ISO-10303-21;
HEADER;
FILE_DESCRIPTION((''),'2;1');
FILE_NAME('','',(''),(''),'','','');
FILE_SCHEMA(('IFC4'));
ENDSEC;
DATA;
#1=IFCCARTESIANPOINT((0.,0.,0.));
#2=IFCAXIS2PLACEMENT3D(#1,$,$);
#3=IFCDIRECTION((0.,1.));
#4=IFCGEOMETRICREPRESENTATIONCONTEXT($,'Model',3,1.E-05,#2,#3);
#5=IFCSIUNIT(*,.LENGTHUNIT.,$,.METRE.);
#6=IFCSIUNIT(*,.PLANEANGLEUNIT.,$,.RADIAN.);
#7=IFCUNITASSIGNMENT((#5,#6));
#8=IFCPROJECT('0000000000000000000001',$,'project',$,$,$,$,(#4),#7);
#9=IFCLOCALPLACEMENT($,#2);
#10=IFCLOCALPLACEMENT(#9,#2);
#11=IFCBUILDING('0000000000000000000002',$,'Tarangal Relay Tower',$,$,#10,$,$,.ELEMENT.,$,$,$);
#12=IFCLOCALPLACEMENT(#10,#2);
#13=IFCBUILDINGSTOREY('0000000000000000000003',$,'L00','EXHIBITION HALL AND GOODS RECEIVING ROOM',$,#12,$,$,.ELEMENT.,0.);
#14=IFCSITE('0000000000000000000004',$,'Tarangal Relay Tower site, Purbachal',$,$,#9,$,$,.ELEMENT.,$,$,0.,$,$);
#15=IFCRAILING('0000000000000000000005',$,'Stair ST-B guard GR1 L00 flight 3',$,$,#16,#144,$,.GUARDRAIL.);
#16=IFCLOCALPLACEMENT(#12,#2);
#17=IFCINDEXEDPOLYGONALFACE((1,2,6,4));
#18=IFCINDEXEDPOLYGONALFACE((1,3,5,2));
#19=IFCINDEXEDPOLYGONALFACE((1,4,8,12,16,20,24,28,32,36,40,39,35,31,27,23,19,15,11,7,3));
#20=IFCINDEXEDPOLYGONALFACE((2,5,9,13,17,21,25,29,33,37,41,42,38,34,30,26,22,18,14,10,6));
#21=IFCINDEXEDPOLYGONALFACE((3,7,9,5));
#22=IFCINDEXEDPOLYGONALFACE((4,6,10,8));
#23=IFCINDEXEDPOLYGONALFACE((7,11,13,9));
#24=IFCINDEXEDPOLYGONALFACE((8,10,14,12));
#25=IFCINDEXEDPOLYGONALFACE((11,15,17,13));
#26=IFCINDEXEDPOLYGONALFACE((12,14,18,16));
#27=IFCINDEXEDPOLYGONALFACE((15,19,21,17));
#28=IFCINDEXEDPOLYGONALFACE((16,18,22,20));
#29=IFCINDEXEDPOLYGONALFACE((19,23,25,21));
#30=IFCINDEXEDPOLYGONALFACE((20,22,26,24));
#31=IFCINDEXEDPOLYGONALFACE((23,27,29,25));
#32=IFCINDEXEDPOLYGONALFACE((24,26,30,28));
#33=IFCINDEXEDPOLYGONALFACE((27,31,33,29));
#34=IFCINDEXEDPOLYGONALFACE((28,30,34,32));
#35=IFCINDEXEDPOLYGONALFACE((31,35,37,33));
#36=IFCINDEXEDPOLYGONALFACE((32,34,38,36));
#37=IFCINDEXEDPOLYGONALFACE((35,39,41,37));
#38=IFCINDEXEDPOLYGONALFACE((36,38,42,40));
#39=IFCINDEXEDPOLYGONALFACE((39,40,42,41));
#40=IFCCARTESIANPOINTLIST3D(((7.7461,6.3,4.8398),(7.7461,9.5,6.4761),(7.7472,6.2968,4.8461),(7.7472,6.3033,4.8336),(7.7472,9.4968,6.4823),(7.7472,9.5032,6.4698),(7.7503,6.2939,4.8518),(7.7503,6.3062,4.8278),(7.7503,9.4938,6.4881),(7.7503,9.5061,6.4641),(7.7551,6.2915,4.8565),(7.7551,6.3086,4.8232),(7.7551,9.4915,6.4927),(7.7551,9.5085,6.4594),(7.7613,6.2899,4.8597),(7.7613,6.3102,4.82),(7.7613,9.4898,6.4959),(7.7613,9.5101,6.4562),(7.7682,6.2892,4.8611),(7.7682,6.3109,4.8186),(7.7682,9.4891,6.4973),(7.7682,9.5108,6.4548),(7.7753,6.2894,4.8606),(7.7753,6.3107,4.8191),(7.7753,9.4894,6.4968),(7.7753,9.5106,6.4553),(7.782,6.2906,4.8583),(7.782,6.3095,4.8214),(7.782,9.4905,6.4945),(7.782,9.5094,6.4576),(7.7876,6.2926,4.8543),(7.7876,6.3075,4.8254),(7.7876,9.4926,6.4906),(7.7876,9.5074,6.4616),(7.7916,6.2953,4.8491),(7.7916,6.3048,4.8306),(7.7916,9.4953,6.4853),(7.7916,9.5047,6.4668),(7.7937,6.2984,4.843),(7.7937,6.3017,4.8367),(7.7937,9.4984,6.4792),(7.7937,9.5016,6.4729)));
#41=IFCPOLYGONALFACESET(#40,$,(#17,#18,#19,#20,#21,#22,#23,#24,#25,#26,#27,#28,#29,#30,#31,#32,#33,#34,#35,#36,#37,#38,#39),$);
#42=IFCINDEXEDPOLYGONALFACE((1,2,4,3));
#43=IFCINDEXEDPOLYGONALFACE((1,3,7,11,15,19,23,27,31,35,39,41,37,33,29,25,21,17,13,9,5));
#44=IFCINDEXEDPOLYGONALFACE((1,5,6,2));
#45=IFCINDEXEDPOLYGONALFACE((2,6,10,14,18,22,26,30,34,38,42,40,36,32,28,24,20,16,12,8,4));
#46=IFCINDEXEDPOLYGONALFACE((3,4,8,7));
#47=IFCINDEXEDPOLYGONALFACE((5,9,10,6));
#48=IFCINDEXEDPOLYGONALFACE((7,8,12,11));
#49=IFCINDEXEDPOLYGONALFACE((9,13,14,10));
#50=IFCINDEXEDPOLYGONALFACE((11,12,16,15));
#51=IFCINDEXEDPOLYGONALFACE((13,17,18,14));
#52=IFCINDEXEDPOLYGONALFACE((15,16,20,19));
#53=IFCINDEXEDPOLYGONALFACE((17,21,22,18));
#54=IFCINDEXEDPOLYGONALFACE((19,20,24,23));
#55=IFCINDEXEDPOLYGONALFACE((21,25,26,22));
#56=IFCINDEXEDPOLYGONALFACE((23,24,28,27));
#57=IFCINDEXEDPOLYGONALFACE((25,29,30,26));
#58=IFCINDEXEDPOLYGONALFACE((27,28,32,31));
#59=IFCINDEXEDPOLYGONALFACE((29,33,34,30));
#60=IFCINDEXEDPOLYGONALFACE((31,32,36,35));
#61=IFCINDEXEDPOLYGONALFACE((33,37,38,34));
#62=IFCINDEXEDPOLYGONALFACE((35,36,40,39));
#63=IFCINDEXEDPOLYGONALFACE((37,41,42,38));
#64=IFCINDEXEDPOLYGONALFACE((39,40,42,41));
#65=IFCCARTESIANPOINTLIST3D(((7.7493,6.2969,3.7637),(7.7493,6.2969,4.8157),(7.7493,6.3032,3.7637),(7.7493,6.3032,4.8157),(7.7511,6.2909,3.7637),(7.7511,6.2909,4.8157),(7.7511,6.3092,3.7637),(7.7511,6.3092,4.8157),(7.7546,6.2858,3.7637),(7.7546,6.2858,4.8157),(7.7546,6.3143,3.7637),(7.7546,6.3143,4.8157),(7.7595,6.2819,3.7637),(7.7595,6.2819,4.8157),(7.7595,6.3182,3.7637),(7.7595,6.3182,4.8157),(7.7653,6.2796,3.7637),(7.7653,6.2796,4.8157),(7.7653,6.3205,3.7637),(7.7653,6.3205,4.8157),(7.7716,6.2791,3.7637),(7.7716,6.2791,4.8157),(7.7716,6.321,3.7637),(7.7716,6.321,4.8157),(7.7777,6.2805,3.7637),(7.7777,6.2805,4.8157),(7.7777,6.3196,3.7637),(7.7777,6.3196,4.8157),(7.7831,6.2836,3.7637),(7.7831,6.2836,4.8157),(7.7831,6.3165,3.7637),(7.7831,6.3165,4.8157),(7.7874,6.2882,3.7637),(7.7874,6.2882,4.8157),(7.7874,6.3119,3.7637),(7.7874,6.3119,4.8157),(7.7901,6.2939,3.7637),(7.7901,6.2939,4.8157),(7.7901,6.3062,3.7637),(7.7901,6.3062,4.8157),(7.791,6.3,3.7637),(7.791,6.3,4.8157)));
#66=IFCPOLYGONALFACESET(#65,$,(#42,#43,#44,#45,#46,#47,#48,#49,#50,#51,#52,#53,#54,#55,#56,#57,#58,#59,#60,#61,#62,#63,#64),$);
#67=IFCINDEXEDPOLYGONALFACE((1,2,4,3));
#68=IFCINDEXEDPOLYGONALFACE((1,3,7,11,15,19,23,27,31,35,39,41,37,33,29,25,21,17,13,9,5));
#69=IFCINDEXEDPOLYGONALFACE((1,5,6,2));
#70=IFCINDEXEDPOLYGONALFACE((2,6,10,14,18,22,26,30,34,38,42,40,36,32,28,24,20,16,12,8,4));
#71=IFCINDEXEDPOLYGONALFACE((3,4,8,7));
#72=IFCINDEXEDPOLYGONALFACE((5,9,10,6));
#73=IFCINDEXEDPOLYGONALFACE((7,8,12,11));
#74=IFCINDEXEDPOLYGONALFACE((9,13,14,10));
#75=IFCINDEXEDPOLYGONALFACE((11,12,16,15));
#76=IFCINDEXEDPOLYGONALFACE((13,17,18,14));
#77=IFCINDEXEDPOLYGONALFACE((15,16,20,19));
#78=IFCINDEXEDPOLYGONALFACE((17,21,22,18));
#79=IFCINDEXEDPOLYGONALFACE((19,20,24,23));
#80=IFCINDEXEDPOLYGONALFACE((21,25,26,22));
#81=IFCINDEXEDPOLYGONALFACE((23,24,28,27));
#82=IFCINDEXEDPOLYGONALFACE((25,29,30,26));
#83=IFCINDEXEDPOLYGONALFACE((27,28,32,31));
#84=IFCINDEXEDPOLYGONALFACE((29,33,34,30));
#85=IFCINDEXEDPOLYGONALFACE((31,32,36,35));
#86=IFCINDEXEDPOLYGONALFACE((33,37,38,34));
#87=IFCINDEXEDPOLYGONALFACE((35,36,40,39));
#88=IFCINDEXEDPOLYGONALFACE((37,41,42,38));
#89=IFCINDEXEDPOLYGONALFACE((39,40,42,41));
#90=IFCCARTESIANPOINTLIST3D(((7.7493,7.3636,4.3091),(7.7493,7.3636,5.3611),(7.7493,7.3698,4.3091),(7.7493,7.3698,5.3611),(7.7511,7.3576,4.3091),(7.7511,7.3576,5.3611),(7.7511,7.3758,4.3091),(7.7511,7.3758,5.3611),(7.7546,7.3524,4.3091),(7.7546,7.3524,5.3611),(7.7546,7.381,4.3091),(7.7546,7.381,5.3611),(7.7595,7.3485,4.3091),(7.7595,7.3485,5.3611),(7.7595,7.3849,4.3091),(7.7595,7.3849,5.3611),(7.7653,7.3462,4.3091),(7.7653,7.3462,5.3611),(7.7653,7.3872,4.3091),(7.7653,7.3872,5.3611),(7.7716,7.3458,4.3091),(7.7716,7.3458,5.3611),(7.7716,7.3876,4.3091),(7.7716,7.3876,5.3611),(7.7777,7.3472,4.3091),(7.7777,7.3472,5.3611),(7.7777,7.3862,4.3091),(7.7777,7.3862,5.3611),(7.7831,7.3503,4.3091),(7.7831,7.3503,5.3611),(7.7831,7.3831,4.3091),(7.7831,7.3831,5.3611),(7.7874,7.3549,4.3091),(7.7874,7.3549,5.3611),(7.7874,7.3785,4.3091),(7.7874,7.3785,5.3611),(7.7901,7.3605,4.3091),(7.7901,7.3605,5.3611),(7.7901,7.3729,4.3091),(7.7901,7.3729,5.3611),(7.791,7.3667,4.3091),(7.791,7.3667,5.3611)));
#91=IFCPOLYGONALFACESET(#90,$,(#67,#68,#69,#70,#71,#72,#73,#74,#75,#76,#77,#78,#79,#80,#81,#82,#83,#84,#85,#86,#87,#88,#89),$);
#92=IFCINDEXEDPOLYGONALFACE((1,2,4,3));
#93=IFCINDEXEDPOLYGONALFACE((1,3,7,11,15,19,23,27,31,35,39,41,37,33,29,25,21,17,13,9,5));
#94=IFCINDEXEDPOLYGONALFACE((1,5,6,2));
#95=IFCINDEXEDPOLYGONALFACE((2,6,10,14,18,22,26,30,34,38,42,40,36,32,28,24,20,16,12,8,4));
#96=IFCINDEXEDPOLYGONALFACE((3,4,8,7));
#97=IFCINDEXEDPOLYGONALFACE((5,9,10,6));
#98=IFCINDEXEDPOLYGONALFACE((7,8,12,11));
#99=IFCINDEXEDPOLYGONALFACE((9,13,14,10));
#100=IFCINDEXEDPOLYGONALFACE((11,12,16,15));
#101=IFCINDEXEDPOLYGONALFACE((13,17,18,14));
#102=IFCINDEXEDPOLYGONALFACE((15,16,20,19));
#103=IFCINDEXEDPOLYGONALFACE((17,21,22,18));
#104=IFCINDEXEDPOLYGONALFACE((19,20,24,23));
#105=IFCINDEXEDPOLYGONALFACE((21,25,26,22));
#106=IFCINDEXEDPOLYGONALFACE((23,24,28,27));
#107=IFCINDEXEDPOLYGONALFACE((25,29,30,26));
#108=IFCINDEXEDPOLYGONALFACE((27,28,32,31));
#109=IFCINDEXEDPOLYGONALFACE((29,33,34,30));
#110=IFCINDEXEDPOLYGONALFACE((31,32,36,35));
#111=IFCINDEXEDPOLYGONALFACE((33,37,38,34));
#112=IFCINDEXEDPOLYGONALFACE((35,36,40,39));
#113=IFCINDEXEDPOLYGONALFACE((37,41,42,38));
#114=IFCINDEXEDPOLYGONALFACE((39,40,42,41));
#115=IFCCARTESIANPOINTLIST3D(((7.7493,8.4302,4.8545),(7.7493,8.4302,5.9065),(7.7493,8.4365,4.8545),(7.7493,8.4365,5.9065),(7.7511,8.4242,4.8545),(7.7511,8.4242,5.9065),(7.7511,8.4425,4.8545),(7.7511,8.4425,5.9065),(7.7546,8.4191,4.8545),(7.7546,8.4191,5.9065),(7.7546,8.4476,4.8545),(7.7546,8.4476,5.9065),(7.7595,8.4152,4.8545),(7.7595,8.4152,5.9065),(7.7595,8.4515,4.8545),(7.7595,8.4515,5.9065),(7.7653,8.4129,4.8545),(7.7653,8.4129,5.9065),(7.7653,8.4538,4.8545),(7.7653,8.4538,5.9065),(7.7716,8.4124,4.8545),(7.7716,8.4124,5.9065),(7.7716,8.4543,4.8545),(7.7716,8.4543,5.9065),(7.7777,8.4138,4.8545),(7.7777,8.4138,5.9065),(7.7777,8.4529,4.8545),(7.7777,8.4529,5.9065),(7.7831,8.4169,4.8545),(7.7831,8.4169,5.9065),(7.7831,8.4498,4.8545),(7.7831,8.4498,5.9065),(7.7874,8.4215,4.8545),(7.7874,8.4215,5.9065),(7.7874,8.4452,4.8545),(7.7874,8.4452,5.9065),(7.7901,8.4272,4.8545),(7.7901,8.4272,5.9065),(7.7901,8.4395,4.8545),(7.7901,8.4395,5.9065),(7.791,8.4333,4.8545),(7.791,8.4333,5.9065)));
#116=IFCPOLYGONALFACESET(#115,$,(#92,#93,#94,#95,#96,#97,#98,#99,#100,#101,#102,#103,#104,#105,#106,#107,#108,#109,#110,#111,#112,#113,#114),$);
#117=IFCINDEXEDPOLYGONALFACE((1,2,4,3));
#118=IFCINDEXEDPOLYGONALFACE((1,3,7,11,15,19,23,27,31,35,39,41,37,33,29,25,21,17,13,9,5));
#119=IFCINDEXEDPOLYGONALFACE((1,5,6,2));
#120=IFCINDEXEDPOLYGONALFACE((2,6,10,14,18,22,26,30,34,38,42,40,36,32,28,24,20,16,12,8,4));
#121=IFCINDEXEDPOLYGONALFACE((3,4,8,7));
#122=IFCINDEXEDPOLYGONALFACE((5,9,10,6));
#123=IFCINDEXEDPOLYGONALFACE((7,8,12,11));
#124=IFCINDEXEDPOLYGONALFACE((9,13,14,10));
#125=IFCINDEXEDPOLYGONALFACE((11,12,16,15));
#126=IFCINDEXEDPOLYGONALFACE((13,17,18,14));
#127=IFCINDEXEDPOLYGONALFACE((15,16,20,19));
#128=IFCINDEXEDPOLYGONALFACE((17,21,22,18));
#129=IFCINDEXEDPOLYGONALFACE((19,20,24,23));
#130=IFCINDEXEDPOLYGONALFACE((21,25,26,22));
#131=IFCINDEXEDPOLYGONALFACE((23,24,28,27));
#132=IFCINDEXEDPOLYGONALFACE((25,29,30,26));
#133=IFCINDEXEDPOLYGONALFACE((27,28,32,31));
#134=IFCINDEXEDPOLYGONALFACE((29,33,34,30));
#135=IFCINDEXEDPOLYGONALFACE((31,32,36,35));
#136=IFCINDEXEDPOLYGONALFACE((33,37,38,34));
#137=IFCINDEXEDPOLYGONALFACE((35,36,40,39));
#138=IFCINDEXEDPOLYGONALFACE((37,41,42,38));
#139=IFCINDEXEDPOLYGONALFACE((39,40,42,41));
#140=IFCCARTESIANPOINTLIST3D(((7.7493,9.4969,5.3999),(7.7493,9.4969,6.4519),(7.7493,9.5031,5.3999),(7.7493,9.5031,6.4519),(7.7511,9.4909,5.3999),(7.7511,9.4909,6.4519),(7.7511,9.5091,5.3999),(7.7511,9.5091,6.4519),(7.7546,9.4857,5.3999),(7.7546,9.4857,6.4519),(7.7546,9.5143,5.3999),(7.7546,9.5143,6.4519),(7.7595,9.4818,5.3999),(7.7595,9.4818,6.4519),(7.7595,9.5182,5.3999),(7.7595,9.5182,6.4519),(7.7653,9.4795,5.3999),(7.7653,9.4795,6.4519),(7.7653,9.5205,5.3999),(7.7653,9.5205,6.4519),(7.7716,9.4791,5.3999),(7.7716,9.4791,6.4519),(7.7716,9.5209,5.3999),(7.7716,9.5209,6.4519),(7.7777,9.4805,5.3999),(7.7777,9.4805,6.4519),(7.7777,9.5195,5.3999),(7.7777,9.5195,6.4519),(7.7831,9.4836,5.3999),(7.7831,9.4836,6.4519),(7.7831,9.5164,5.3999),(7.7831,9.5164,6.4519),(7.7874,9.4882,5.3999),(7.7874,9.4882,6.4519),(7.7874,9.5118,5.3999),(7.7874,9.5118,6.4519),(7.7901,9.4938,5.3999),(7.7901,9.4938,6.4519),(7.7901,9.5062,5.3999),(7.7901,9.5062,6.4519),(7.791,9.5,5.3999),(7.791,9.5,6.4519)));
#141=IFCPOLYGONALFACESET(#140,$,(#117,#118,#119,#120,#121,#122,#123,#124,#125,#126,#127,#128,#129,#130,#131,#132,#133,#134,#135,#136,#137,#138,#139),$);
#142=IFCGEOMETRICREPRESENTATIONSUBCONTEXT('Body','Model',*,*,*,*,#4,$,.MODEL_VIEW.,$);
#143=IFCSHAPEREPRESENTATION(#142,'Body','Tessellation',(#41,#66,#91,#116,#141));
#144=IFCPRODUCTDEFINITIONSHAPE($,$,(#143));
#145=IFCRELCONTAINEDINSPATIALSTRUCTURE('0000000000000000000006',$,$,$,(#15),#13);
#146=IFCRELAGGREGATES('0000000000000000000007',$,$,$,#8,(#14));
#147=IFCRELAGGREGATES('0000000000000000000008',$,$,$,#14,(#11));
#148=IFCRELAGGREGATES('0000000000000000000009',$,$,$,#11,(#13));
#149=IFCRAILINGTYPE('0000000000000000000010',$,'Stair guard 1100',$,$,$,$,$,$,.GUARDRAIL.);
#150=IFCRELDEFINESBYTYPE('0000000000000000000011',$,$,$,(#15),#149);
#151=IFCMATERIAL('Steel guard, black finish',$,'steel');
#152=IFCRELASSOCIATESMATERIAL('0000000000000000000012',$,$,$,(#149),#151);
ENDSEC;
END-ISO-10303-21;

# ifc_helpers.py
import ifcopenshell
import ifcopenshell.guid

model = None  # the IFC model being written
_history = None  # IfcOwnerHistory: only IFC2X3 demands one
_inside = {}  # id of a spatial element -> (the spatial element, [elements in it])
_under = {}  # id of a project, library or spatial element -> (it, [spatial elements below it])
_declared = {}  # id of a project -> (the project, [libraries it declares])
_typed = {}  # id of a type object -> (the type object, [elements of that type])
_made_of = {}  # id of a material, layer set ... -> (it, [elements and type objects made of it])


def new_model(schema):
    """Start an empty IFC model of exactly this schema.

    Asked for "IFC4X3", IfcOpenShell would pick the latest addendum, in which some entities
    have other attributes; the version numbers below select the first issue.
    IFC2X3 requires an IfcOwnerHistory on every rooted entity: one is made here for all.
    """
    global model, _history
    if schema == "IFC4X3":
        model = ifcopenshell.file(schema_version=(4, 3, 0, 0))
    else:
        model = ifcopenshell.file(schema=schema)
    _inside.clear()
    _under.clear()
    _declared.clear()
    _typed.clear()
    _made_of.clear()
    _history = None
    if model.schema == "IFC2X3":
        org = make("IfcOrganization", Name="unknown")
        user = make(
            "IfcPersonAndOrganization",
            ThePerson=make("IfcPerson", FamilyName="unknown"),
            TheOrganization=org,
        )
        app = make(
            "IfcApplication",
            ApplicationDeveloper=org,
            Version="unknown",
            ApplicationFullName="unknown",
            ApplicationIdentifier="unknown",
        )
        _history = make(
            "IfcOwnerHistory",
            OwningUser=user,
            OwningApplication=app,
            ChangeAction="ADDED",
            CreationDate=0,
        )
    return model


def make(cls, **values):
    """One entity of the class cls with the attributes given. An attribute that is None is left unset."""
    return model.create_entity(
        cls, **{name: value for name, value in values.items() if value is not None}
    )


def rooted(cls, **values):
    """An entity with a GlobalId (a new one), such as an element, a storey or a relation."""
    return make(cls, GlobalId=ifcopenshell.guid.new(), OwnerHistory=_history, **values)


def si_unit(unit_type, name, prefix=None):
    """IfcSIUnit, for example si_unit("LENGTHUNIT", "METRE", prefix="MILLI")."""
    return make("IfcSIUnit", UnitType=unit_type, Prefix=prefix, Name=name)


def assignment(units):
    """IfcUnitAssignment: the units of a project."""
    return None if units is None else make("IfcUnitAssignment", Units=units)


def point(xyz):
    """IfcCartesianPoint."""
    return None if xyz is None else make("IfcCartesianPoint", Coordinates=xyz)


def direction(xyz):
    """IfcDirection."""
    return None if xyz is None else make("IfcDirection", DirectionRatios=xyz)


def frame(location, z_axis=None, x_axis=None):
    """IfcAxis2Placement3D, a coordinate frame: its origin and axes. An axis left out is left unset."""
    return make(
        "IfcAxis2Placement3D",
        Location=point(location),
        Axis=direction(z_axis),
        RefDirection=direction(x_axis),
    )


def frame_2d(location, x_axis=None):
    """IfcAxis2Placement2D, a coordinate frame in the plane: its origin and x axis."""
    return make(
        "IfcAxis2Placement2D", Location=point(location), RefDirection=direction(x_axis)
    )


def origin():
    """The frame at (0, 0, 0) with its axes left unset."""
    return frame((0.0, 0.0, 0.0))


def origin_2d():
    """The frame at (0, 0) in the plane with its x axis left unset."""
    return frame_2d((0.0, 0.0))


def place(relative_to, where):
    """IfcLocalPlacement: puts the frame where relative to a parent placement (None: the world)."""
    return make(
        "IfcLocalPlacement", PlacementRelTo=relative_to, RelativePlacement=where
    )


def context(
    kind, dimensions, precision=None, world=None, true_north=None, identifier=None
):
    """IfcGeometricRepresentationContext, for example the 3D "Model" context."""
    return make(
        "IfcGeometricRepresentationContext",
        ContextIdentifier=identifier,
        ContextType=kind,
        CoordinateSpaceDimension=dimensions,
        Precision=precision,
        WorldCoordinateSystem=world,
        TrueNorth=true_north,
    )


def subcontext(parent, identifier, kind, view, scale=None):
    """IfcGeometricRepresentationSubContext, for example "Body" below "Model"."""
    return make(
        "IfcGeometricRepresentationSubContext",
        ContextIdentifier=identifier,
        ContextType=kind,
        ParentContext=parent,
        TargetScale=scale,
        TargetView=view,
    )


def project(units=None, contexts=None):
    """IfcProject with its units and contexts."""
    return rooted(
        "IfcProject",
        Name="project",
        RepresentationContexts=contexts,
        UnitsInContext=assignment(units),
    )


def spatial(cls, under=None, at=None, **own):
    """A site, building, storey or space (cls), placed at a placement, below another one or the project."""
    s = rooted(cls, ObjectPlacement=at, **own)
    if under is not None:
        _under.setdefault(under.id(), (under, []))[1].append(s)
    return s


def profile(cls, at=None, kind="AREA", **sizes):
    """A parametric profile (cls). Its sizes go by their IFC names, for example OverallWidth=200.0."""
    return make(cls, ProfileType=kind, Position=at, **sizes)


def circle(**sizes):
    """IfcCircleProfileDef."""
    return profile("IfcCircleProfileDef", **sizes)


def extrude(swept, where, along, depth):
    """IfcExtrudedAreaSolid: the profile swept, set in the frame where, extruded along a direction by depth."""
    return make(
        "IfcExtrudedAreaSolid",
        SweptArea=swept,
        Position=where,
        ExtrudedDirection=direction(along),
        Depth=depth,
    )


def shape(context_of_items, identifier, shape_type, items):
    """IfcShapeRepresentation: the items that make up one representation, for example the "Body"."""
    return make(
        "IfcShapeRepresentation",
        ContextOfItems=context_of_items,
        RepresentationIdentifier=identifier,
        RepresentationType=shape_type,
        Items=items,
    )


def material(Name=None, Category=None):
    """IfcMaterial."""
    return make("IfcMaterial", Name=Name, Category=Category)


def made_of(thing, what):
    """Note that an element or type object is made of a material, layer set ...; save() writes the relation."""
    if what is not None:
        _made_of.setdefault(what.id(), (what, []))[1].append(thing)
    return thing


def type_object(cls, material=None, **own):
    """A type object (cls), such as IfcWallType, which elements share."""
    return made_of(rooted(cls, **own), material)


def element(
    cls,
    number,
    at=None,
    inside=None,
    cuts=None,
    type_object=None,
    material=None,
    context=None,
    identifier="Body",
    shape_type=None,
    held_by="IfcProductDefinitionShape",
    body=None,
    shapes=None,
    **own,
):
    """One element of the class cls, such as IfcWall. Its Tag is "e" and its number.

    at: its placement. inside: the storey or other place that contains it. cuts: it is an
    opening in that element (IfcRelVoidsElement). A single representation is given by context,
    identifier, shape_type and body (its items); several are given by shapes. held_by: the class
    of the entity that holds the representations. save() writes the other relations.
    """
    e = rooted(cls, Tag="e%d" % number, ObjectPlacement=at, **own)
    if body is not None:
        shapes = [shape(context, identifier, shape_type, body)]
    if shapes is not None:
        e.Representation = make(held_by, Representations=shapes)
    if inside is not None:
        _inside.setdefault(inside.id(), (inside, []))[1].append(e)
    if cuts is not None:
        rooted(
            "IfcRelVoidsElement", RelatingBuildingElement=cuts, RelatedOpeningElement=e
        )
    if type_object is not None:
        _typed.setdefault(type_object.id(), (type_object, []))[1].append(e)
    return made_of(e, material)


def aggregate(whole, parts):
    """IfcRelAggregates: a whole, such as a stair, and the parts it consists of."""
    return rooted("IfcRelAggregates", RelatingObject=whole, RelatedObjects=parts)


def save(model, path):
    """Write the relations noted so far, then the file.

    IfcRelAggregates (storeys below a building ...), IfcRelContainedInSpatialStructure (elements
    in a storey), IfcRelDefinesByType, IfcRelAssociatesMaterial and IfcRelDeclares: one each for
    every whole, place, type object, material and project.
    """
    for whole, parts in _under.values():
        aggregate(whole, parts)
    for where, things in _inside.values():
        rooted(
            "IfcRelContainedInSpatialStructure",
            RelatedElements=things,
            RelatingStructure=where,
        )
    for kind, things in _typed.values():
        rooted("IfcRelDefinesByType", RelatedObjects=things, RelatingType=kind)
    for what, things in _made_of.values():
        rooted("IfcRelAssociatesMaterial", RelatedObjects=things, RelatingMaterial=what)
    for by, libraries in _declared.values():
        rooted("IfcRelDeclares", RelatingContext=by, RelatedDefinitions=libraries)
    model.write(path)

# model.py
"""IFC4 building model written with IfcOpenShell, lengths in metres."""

from ifc_helpers import new_model, si_unit, direction, frame, origin, origin_2d, place, context, subcontext, project, spatial, circle, extrude, material, type_object, element, save


model = new_model("IFC4")

# Units and contexts
model_context = context("Model", 3, precision=1e-05, world=origin(), true_north=direction((0.0, 1.0)))
body_context = subcontext(model_context, "Body", "Model", "MODEL_VIEW")
ifc_project = project(units=[si_unit("LENGTHUNIT", "METRE"), si_unit("PLANEANGLEUNIT", "RADIAN")], contexts=[model_context])

# Site, building, storey
site_placement = place(None, origin())
site = spatial("IfcSite", under=ifc_project, at=site_placement, Name="Tarangal Relay Tower site, Purbachal", CompositionType="ELEMENT", RefElevation=0.0)
building_placement = place(site_placement, origin())
building = spatial("IfcBuilding", under=site, at=building_placement, Name="Tarangal Relay Tower", CompositionType="ELEMENT")
storey_placement = place(building_placement, origin())
storey = spatial("IfcBuildingStorey", under=building, at=storey_placement, Name="L00", Description="EXHIBITION HALL AND GOODS RECEIVING ROOM", CompositionType="ELEMENT", Elevation=0.0)

# Railing
ifc_material_1 = material(Name="Steel guard, black finish", Category="steel")
railing_type = type_object("IfcRailingType", Name="Stair guard 1100", PredefinedType="GUARDRAIL", material=ifc_material_1)
railing_1_placement = place(storey_placement, frame((7.77, 6.3, 3.7637)))
element("IfcRailing", 1, at=railing_1_placement, inside=storey, type_object=railing_type, Name="Stair ST-B guard GR1 L00 flight 3", PredefinedType="GUARDRAIL", context=body_context, shape_type="SweptSolid", body=[
    extrude(circle(Radius=0.0239, at=origin_2d()), frame((0.0, 0.0, 1.0762), z_axis=(0.0, 0.890356, 0.455265), x_axis=(-1.0, 0.0, 0.0)), (0.0, 0.0, 1.0), 3.594),
    extrude(circle(Radius=0.021, at=origin_2d()), origin(), (0.0, 0.0, 1.0), 1.052),
    extrude(circle(Radius=0.021, at=origin_2d()), frame((0.0, 1.0667, 0.5454)), (0.0, 0.0, 1.0), 1.052),
    extrude(circle(Radius=0.021, at=origin_2d()), frame((0.0, 2.1333, 1.0908)), (0.0, 0.0, 1.0), 1.052),
    extrude(circle(Radius=0.021, at=origin_2d()), frame((0.0, 3.2, 1.6362)), (0.0, 0.0, 1.0), 1.052),
])

save(model, "model.ifc")
